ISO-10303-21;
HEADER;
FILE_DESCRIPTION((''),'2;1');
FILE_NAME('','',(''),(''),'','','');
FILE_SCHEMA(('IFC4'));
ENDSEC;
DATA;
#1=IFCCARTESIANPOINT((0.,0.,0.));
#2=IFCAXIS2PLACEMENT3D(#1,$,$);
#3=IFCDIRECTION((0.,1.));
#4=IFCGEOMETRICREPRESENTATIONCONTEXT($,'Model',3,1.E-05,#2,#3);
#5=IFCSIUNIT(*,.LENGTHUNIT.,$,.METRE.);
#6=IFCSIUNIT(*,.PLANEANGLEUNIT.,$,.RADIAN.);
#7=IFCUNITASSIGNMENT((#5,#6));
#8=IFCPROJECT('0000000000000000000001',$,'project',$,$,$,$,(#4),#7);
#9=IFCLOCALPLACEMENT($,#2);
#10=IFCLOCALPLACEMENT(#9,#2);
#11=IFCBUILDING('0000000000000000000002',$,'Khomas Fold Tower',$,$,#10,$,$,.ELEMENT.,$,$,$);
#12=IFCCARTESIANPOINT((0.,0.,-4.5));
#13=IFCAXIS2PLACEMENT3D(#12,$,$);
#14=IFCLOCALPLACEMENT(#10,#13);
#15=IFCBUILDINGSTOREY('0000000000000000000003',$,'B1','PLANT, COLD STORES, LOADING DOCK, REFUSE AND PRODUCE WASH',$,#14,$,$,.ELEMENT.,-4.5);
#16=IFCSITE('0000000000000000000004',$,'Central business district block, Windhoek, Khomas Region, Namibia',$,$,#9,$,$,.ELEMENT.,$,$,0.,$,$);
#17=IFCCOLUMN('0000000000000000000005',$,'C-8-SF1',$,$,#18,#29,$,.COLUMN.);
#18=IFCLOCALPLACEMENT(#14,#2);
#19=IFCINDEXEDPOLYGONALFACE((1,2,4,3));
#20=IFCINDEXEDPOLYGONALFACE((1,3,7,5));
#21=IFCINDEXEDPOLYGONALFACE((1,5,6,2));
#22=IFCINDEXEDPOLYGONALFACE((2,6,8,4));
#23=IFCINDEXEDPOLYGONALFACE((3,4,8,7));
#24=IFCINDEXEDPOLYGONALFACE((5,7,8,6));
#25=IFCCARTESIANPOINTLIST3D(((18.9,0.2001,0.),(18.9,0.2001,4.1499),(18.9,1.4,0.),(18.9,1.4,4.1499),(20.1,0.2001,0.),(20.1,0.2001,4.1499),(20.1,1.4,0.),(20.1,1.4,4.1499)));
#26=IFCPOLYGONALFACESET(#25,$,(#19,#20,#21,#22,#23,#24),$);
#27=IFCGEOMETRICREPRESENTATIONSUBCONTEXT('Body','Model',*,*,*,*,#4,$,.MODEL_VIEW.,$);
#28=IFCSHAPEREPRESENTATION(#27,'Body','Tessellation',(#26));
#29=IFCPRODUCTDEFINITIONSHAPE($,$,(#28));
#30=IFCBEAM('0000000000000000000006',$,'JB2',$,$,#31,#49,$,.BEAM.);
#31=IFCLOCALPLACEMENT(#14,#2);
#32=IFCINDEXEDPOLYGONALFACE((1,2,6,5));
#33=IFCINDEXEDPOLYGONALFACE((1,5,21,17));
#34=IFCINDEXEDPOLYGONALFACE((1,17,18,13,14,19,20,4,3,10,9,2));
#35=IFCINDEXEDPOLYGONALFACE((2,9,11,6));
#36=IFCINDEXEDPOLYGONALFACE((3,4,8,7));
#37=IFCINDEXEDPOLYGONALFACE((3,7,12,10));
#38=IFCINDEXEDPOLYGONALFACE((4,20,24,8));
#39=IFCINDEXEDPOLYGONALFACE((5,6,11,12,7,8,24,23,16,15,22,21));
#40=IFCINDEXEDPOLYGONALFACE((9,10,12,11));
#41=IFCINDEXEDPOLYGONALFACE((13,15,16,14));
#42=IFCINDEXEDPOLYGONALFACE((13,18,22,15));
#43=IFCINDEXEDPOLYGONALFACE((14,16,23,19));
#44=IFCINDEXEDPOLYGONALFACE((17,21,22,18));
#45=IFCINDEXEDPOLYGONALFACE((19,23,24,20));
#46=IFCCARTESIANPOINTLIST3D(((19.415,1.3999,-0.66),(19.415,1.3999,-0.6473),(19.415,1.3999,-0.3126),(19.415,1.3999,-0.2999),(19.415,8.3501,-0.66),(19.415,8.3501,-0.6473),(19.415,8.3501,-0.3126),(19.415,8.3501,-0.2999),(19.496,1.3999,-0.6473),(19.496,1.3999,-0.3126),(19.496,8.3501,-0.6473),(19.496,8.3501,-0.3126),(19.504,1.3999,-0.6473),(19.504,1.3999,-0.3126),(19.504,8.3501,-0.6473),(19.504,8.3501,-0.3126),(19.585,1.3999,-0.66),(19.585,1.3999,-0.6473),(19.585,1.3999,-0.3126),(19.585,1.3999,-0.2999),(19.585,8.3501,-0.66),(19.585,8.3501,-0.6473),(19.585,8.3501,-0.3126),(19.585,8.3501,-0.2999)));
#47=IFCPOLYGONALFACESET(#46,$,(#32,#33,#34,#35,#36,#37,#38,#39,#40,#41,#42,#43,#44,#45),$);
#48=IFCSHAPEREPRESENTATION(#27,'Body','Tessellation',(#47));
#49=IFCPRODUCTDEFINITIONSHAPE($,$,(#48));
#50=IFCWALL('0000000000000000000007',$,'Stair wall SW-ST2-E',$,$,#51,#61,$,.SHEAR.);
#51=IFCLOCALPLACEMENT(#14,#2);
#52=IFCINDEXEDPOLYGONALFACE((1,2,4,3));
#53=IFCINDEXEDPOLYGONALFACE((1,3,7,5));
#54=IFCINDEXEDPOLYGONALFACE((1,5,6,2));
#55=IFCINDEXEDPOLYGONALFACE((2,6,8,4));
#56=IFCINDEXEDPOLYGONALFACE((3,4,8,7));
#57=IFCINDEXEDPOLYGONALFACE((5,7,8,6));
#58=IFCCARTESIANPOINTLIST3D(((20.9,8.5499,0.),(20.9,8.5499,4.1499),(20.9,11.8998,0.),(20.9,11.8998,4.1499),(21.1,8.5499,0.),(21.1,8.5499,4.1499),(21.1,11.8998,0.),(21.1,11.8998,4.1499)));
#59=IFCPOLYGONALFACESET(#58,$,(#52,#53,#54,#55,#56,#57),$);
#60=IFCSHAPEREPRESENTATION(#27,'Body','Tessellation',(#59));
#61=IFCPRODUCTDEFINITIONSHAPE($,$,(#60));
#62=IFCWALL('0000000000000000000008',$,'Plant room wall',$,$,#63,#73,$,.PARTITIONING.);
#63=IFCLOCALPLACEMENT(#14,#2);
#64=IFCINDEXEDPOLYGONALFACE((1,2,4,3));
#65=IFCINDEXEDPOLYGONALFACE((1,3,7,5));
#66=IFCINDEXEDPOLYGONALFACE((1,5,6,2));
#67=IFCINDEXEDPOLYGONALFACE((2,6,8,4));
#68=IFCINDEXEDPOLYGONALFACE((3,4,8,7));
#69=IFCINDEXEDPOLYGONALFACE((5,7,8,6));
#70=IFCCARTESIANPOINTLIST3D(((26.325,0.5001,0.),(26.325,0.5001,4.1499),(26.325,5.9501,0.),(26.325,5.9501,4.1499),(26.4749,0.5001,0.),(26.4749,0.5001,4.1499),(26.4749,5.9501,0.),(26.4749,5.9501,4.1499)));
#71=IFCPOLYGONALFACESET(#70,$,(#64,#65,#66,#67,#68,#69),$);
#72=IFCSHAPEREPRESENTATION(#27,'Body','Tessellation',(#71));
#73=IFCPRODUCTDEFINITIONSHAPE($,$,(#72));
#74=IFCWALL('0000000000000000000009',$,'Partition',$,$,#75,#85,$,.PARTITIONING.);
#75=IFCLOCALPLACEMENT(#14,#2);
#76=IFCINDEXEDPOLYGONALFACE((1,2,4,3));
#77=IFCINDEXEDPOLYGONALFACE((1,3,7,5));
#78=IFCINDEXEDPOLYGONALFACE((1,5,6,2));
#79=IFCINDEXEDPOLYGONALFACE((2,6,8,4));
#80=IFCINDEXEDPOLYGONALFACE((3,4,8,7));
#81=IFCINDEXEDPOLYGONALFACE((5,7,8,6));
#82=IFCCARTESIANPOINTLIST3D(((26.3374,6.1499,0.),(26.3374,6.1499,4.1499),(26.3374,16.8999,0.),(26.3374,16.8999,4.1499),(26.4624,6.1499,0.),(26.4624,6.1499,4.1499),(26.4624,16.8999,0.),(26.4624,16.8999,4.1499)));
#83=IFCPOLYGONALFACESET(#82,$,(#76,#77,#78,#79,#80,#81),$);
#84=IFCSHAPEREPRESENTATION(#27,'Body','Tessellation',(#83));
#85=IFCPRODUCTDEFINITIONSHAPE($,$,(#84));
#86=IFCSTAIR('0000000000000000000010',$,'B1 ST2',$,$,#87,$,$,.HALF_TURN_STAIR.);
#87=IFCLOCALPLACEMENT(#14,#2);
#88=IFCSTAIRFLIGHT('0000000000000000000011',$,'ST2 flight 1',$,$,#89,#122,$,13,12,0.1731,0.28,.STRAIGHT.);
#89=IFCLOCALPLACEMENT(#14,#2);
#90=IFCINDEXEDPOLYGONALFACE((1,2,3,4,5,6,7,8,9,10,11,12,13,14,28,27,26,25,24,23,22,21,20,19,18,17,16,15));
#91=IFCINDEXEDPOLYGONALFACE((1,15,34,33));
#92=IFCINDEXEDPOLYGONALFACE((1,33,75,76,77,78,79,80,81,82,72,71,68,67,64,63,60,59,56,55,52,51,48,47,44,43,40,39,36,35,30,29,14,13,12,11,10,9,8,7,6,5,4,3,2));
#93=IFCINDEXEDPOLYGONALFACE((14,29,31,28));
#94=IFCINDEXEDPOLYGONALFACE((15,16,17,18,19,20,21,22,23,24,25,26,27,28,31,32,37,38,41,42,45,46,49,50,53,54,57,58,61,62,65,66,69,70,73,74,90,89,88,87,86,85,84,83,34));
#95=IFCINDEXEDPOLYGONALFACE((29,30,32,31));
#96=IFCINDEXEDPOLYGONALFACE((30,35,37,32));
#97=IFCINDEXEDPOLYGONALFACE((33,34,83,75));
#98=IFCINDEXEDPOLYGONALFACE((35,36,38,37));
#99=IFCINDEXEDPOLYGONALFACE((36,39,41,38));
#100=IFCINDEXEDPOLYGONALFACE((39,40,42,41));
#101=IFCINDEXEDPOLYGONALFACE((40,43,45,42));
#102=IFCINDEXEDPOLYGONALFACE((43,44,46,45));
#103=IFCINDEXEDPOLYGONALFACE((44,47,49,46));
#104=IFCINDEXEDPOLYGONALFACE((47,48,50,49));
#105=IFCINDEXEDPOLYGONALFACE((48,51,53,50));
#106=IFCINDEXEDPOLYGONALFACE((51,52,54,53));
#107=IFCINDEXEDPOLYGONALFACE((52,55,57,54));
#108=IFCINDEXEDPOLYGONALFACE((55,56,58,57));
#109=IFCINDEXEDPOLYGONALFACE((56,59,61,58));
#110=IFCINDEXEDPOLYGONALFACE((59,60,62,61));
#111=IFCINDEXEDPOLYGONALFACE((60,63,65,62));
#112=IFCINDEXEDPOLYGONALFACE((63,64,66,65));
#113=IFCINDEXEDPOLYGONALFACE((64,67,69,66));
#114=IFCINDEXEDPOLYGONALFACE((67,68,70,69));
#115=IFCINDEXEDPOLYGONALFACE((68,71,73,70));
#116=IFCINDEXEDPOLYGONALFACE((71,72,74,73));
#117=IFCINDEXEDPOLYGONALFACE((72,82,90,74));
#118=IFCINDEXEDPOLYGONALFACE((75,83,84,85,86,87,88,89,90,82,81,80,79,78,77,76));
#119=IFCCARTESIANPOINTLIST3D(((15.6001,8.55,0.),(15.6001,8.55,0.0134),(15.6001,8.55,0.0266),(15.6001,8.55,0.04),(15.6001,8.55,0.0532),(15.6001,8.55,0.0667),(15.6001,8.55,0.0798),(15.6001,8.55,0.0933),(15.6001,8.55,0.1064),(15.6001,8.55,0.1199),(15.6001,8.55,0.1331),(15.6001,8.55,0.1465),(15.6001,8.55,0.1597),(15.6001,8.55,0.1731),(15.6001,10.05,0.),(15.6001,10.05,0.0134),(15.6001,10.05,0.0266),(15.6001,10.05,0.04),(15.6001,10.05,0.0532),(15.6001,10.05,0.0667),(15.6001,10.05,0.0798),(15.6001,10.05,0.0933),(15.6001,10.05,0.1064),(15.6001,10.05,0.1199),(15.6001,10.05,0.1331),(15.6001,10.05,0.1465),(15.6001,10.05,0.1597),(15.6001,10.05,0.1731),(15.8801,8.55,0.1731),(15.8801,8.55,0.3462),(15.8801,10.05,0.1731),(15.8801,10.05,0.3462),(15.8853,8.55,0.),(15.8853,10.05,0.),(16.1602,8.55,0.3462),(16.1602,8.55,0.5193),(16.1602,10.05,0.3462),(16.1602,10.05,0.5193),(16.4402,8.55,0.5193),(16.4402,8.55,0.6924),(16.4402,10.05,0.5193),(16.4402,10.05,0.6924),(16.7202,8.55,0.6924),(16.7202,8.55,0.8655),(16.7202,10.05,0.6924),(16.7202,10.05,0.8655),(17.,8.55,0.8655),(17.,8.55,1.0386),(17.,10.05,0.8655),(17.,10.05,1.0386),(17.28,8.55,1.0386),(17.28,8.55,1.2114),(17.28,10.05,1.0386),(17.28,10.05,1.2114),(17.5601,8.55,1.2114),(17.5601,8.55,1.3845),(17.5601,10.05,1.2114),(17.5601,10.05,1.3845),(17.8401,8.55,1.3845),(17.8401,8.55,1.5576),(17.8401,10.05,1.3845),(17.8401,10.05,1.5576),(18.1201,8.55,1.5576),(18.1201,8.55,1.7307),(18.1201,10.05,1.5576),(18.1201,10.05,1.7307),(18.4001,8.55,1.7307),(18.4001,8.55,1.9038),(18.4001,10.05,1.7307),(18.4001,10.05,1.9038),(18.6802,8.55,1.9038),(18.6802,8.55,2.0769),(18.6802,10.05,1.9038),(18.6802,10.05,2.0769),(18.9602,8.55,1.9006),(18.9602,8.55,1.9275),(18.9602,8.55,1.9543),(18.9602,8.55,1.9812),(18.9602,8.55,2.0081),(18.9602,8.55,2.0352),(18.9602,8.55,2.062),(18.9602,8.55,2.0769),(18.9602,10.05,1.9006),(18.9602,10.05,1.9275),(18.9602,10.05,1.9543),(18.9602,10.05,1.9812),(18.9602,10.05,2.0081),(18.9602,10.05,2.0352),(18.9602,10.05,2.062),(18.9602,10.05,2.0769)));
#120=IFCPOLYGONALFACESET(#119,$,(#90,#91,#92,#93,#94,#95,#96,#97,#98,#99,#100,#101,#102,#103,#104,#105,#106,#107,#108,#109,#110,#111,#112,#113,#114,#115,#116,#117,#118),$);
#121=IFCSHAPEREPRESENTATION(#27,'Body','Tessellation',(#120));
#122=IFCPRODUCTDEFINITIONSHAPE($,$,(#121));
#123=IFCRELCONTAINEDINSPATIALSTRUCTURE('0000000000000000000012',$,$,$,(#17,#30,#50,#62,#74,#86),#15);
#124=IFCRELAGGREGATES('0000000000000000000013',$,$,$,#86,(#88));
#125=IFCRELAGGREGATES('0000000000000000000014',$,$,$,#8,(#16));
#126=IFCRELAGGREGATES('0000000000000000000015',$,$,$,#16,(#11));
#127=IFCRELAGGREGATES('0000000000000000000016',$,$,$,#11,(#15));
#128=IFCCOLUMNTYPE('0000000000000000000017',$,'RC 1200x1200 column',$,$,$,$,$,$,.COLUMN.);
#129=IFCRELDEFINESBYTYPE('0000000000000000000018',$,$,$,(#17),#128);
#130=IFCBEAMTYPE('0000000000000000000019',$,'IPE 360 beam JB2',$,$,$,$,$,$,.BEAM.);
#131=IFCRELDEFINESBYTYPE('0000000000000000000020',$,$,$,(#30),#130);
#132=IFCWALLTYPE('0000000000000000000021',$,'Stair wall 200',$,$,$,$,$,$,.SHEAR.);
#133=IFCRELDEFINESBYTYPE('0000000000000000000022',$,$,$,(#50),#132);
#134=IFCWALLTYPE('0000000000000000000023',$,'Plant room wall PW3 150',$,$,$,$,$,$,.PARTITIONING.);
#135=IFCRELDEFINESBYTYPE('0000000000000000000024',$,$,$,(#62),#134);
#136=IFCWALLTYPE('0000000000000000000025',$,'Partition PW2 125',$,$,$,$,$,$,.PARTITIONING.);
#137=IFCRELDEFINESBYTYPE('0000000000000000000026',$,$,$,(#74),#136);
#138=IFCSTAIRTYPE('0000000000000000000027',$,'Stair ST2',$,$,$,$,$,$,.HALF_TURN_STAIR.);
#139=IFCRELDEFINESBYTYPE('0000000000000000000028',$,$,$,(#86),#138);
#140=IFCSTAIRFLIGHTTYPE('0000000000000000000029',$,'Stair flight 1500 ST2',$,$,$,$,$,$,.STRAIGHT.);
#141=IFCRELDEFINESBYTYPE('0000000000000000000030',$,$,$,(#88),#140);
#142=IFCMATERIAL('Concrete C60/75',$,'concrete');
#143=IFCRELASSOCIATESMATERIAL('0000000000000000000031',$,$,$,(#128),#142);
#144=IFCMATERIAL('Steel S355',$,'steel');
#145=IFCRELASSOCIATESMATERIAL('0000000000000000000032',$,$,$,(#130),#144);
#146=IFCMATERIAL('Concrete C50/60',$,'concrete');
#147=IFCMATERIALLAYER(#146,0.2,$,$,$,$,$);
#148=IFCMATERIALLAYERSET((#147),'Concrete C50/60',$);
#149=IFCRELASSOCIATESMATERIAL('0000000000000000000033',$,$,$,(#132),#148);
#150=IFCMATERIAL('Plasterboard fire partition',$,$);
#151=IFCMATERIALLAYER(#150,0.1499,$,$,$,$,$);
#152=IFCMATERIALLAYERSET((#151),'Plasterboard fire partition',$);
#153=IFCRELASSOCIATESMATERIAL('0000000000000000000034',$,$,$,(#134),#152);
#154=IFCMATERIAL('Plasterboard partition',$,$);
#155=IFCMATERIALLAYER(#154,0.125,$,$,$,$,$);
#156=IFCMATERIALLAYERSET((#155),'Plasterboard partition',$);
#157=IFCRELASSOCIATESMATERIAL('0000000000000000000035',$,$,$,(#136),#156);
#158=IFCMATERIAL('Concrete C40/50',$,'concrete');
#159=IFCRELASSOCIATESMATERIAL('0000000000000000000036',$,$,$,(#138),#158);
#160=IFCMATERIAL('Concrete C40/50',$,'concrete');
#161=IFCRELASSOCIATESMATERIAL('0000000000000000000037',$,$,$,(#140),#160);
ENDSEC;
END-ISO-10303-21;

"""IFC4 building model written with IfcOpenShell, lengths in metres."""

from ifc_helpers import new_model, si_unit, direction, frame, frame_2d, origin, origin_2d, place, context, subcontext, project, spatial, polyline, rectangle, i_section, outline, extrude, source, transform, mapped, material, layer, layer_set, material_profile, profile_set, type_object, element, aggregate, save


model = new_model("IFC4")

# Units and contexts
model_context = context("Model", 3, precision=1e-05, world=origin(), true_north=direction((0.0, 1.0)))
body_context = subcontext(model_context, "Body", "Model", "MODEL_VIEW")
ifc_project = project(units=[si_unit("LENGTHUNIT", "METRE"), si_unit("PLANEANGLEUNIT", "RADIAN")], contexts=[model_context])

# Site, building, storey
site_placement = place(None, origin())
site = spatial("IfcSite", under=ifc_project, at=site_placement, Name="Central business district block, Windhoek, Khomas Region, Namibia", CompositionType="ELEMENT", RefElevation=0.0)
building_placement = place(site_placement, origin())
building = spatial("IfcBuilding", under=site, at=building_placement, Name="Khomas Fold Tower", CompositionType="ELEMENT")
storey_placement = place(building_placement, frame((0.0, 0.0, -4.5)))
storey = spatial("IfcBuildingStorey", under=building, at=storey_placement, Name="B1", Description="PLANT, COLD STORES, LOADING DOCK, REFUSE AND PRODUCE WASH", CompositionType="ELEMENT", Elevation=-4.5)

# Column
ifc_material_1 = material(Name="Concrete C60/75", Category="concrete")
ifc_material_profile_1 = material_profile(ifc_material_1, rectangle(XDim=1.2, YDim=1.2, at=origin_2d()), Name="RC 1200x1200")
ifc_profile_set_1 = profile_set([ifc_material_profile_1], Name="Concrete C60/75")
column_type = type_object("IfcColumnType", Name="RC 1200x1200 column", PredefinedType="COLUMN", material=ifc_profile_set_1)
shared_shape_1 = source(origin(), body_context, "Body", "SweptSolid", [
    extrude(rectangle(XDim=1.2, YDim=1.2, at=origin_2d()), origin(), (0.0, 0.0, 1.0), 4.1499),
])
column_placement = place(storey_placement, frame((19.5, 0.8, 0.0), z_axis=(0.0, 0.0, 1.0), x_axis=(1.0, 0.0, 0.0)))
element("IfcColumn", 1, at=column_placement, inside=storey, type_object=column_type, Name="C-8-SF1", PredefinedType="COLUMN", context=body_context, shape_type="MappedRepresentation", body=[
    mapped(shared_shape_1, transform((0.0, 0.0, 0.0))),
])

# Beam
ifc_material_2 = material(Name="Steel S355", Category="steel")
ifc_material_profile_2 = material_profile(ifc_material_2, i_section(OverallWidth=0.1699, OverallDepth=0.3601, WebThickness=0.0081, FlangeThickness=0.0127, at=origin_2d()), Name="IPE 360")
ifc_profile_set_2 = profile_set([ifc_material_profile_2], Name="Steel S355")
beam_type = type_object("IfcBeamType", Name="IPE 360 beam JB2", PredefinedType="BEAM", material=ifc_profile_set_2)
shared_shape_2 = source(origin(), body_context, "Body", "SweptSolid", [
    extrude(i_section(OverallWidth=0.1699, OverallDepth=0.3601, WebThickness=0.0081, FlangeThickness=0.0127, at=origin_2d()), origin(), (0.0, 0.0, 1.0), 6.9502),
])
beam_placement = place(storey_placement, frame((19.5, 1.3999, -0.48), z_axis=(0.0, 1.0, 0.0), x_axis=(-1.0, 0.0, 0.0)))
element("IfcBeam", 2, at=beam_placement, inside=storey, type_object=beam_type, Name="JB2", PredefinedType="BEAM", context=body_context, shape_type="MappedRepresentation", body=[
    mapped(shared_shape_2, transform((0.0, 0.0, 0.0))),
])

# Walls
ifc_material_3 = material(Name="Concrete C50/60", Category="concrete")
ifc_layer_1 = layer(ifc_material_3, 0.2)
ifc_layer_set_1 = layer_set([ifc_layer_1], Name="Concrete C50/60")
wall_type_1 = type_object("IfcWallType", Name="Stair wall 200", PredefinedType="SHEAR", material=ifc_layer_set_1)
shared_shape_3 = source(origin(), body_context, "Body", "SweptSolid", [
    extrude(rectangle(XDim=3.3499, YDim=0.2, at=frame_2d((1.6748, 0.0))), origin(), (0.0, 0.0, 1.0), 4.1499),
])
wall_1_placement = place(storey_placement, frame((21.0, 8.55, 0.0), z_axis=(0.0, 0.0, 1.0), x_axis=(0.0, 1.0, 0.0)))
element("IfcWall", 3, at=wall_1_placement, inside=storey, type_object=wall_type_1, Name="Stair wall SW-ST2-E", PredefinedType="SHEAR", context=body_context, shape_type="MappedRepresentation", body=[
    mapped(shared_shape_3, transform((0.0, 0.0, 0.0))),
])
ifc_material_4 = material(Name="Plasterboard fire partition")
ifc_layer_2 = layer(ifc_material_4, 0.1499)
ifc_layer_set_2 = layer_set([ifc_layer_2], Name="Plasterboard fire partition")
wall_type_2 = type_object("IfcWallType", Name="Plant room wall PW3 150", PredefinedType="PARTITIONING", material=ifc_layer_set_2)
shared_shape_4 = source(origin(), body_context, "Body", "SweptSolid", [
    extrude(rectangle(XDim=5.45, YDim=0.1499, at=frame_2d((2.7251, 0.0))), origin(), (0.0, 0.0, 1.0), 4.1499),
])
wall_2_placement = place(storey_placement, frame((26.3999, 0.5, 0.0), z_axis=(0.0, 0.0, 1.0), x_axis=(0.0, 1.0, 0.0)))
element("IfcWall", 4, at=wall_2_placement, inside=storey, type_object=wall_type_2, Name="Plant room wall", PredefinedType="PARTITIONING", context=body_context, shape_type="MappedRepresentation", body=[
    mapped(shared_shape_4, transform((0.0, 0.0, 0.0))),
])
ifc_material_5 = material(Name="Plasterboard partition")
ifc_layer_3 = layer(ifc_material_5, 0.125)
ifc_layer_set_3 = layer_set([ifc_layer_3], Name="Plasterboard partition")
wall_type_3 = type_object("IfcWallType", Name="Partition PW2 125", PredefinedType="PARTITIONING", material=ifc_layer_set_3)
shared_shape_5 = source(origin(), body_context, "Body", "SweptSolid", [
    extrude(rectangle(XDim=10.75, YDim=0.125, at=frame_2d((5.375, 0.0))), origin(), (0.0, 0.0, 1.0), 4.1499),
])
wall_3_placement = place(storey_placement, frame((26.3999, 6.1499, 0.0), z_axis=(0.0, 0.0, 1.0), x_axis=(0.0, 1.0, 0.0)))
element("IfcWall", 5, at=wall_3_placement, inside=storey, type_object=wall_type_3, Name="Partition", PredefinedType="PARTITIONING", context=body_context, shape_type="MappedRepresentation", body=[
    mapped(shared_shape_5, transform((0.0, 0.0, 0.0))),
])

# Stair, stair flight
ifc_material_6 = material(Name="Concrete C40/50", Category="concrete")
stair_type = type_object("IfcStairType", Name="Stair ST2", PredefinedType="HALF_TURN_STAIR", material=ifc_material_6)
stair_placement = place(storey_placement, origin())
stair = element("IfcStair", 6, at=stair_placement, inside=storey, type_object=stair_type, Name="B1 ST2", PredefinedType="HALF_TURN_STAIR")
ifc_material_7 = material(Name="Concrete C40/50", Category="concrete")
stair_flight_type = type_object("IfcStairFlightType", Name="Stair flight 1500 ST2", PredefinedType="STRAIGHT", material=ifc_material_7)
shared_shape_6 = source(origin(), body_context, "Body", "SweptSolid", [
    extrude(outline(polyline([(0.0, 0.0), (0.0, 0.0134), (0.0, 0.0266), (0.0, 0.04), (0.0, 0.0532), (0.0, 0.0667), (0.0, 0.0798), (0.0, 0.0933), (0.0, 0.1064), (0.0, 0.1199), (0.0, 0.1331), (0.0, 0.1465), (0.0, 0.1597), (0.0, 0.1731), (0.28, 0.1731), (0.28, 0.3462), (0.5601, 0.3462), (0.5601, 0.5193), (0.8401, 0.5193), (0.8401, 0.6924), (1.1201, 0.6924), (1.1201, 0.8655), (1.3999, 0.8655), (1.3999, 1.0386), (1.6799, 1.0386), (1.6799, 1.2114), (1.96, 1.2114), (1.96, 1.3845), (2.24, 1.3845), (2.24, 1.5576), (2.52, 1.5576), (2.52, 1.7307), (2.8, 1.7307), (2.8, 1.9038), (3.0801, 1.9038), (3.0801, 2.0769), (3.3601, 2.0769), (3.3601, 2.25), (3.3601, 2.2231), (3.3601, 2.1963), (3.3601, 2.1694), (3.3601, 2.1426), (3.3601, 2.1157), (3.3601, 2.0889), (3.3601, 2.062), (3.3601, 2.0352), (3.3601, 2.0081), (3.3601, 1.9812), (3.3601, 1.9543), (3.3601, 1.9275), (3.3601, 1.9006), (0.2852, 0.0), (0.0, 0.0)])), frame((0.0, 0.75, 0.0), z_axis=(0.0, -1.0, 0.0), x_axis=(1.0, 0.0, 0.0)), (0.0, 0.0, 1.0), 1.5),
])
stair_flight_1_placement = place(storey_placement, frame((15.6001, 9.3, 0.0), z_axis=(0.0, 0.0, 1.0), x_axis=(1.0, 0.0, 0.0)))
stair_flight_1 = element("IfcStairFlight", 7, at=stair_flight_1_placement, type_object=stair_flight_type, Name="ST2 flight 1", NumberOfRisers=13, NumberOfTreads=12, PredefinedType="STRAIGHT", RiserHeight=0.1731, TreadLength=0.28, context=body_context, shape_type="MappedRepresentation", body=[
    mapped(shared_shape_6, transform((0.0, 0.0, 0.0))),
])
aggregate(stair, [stair_flight_1])

save(model, "model.ifc")
